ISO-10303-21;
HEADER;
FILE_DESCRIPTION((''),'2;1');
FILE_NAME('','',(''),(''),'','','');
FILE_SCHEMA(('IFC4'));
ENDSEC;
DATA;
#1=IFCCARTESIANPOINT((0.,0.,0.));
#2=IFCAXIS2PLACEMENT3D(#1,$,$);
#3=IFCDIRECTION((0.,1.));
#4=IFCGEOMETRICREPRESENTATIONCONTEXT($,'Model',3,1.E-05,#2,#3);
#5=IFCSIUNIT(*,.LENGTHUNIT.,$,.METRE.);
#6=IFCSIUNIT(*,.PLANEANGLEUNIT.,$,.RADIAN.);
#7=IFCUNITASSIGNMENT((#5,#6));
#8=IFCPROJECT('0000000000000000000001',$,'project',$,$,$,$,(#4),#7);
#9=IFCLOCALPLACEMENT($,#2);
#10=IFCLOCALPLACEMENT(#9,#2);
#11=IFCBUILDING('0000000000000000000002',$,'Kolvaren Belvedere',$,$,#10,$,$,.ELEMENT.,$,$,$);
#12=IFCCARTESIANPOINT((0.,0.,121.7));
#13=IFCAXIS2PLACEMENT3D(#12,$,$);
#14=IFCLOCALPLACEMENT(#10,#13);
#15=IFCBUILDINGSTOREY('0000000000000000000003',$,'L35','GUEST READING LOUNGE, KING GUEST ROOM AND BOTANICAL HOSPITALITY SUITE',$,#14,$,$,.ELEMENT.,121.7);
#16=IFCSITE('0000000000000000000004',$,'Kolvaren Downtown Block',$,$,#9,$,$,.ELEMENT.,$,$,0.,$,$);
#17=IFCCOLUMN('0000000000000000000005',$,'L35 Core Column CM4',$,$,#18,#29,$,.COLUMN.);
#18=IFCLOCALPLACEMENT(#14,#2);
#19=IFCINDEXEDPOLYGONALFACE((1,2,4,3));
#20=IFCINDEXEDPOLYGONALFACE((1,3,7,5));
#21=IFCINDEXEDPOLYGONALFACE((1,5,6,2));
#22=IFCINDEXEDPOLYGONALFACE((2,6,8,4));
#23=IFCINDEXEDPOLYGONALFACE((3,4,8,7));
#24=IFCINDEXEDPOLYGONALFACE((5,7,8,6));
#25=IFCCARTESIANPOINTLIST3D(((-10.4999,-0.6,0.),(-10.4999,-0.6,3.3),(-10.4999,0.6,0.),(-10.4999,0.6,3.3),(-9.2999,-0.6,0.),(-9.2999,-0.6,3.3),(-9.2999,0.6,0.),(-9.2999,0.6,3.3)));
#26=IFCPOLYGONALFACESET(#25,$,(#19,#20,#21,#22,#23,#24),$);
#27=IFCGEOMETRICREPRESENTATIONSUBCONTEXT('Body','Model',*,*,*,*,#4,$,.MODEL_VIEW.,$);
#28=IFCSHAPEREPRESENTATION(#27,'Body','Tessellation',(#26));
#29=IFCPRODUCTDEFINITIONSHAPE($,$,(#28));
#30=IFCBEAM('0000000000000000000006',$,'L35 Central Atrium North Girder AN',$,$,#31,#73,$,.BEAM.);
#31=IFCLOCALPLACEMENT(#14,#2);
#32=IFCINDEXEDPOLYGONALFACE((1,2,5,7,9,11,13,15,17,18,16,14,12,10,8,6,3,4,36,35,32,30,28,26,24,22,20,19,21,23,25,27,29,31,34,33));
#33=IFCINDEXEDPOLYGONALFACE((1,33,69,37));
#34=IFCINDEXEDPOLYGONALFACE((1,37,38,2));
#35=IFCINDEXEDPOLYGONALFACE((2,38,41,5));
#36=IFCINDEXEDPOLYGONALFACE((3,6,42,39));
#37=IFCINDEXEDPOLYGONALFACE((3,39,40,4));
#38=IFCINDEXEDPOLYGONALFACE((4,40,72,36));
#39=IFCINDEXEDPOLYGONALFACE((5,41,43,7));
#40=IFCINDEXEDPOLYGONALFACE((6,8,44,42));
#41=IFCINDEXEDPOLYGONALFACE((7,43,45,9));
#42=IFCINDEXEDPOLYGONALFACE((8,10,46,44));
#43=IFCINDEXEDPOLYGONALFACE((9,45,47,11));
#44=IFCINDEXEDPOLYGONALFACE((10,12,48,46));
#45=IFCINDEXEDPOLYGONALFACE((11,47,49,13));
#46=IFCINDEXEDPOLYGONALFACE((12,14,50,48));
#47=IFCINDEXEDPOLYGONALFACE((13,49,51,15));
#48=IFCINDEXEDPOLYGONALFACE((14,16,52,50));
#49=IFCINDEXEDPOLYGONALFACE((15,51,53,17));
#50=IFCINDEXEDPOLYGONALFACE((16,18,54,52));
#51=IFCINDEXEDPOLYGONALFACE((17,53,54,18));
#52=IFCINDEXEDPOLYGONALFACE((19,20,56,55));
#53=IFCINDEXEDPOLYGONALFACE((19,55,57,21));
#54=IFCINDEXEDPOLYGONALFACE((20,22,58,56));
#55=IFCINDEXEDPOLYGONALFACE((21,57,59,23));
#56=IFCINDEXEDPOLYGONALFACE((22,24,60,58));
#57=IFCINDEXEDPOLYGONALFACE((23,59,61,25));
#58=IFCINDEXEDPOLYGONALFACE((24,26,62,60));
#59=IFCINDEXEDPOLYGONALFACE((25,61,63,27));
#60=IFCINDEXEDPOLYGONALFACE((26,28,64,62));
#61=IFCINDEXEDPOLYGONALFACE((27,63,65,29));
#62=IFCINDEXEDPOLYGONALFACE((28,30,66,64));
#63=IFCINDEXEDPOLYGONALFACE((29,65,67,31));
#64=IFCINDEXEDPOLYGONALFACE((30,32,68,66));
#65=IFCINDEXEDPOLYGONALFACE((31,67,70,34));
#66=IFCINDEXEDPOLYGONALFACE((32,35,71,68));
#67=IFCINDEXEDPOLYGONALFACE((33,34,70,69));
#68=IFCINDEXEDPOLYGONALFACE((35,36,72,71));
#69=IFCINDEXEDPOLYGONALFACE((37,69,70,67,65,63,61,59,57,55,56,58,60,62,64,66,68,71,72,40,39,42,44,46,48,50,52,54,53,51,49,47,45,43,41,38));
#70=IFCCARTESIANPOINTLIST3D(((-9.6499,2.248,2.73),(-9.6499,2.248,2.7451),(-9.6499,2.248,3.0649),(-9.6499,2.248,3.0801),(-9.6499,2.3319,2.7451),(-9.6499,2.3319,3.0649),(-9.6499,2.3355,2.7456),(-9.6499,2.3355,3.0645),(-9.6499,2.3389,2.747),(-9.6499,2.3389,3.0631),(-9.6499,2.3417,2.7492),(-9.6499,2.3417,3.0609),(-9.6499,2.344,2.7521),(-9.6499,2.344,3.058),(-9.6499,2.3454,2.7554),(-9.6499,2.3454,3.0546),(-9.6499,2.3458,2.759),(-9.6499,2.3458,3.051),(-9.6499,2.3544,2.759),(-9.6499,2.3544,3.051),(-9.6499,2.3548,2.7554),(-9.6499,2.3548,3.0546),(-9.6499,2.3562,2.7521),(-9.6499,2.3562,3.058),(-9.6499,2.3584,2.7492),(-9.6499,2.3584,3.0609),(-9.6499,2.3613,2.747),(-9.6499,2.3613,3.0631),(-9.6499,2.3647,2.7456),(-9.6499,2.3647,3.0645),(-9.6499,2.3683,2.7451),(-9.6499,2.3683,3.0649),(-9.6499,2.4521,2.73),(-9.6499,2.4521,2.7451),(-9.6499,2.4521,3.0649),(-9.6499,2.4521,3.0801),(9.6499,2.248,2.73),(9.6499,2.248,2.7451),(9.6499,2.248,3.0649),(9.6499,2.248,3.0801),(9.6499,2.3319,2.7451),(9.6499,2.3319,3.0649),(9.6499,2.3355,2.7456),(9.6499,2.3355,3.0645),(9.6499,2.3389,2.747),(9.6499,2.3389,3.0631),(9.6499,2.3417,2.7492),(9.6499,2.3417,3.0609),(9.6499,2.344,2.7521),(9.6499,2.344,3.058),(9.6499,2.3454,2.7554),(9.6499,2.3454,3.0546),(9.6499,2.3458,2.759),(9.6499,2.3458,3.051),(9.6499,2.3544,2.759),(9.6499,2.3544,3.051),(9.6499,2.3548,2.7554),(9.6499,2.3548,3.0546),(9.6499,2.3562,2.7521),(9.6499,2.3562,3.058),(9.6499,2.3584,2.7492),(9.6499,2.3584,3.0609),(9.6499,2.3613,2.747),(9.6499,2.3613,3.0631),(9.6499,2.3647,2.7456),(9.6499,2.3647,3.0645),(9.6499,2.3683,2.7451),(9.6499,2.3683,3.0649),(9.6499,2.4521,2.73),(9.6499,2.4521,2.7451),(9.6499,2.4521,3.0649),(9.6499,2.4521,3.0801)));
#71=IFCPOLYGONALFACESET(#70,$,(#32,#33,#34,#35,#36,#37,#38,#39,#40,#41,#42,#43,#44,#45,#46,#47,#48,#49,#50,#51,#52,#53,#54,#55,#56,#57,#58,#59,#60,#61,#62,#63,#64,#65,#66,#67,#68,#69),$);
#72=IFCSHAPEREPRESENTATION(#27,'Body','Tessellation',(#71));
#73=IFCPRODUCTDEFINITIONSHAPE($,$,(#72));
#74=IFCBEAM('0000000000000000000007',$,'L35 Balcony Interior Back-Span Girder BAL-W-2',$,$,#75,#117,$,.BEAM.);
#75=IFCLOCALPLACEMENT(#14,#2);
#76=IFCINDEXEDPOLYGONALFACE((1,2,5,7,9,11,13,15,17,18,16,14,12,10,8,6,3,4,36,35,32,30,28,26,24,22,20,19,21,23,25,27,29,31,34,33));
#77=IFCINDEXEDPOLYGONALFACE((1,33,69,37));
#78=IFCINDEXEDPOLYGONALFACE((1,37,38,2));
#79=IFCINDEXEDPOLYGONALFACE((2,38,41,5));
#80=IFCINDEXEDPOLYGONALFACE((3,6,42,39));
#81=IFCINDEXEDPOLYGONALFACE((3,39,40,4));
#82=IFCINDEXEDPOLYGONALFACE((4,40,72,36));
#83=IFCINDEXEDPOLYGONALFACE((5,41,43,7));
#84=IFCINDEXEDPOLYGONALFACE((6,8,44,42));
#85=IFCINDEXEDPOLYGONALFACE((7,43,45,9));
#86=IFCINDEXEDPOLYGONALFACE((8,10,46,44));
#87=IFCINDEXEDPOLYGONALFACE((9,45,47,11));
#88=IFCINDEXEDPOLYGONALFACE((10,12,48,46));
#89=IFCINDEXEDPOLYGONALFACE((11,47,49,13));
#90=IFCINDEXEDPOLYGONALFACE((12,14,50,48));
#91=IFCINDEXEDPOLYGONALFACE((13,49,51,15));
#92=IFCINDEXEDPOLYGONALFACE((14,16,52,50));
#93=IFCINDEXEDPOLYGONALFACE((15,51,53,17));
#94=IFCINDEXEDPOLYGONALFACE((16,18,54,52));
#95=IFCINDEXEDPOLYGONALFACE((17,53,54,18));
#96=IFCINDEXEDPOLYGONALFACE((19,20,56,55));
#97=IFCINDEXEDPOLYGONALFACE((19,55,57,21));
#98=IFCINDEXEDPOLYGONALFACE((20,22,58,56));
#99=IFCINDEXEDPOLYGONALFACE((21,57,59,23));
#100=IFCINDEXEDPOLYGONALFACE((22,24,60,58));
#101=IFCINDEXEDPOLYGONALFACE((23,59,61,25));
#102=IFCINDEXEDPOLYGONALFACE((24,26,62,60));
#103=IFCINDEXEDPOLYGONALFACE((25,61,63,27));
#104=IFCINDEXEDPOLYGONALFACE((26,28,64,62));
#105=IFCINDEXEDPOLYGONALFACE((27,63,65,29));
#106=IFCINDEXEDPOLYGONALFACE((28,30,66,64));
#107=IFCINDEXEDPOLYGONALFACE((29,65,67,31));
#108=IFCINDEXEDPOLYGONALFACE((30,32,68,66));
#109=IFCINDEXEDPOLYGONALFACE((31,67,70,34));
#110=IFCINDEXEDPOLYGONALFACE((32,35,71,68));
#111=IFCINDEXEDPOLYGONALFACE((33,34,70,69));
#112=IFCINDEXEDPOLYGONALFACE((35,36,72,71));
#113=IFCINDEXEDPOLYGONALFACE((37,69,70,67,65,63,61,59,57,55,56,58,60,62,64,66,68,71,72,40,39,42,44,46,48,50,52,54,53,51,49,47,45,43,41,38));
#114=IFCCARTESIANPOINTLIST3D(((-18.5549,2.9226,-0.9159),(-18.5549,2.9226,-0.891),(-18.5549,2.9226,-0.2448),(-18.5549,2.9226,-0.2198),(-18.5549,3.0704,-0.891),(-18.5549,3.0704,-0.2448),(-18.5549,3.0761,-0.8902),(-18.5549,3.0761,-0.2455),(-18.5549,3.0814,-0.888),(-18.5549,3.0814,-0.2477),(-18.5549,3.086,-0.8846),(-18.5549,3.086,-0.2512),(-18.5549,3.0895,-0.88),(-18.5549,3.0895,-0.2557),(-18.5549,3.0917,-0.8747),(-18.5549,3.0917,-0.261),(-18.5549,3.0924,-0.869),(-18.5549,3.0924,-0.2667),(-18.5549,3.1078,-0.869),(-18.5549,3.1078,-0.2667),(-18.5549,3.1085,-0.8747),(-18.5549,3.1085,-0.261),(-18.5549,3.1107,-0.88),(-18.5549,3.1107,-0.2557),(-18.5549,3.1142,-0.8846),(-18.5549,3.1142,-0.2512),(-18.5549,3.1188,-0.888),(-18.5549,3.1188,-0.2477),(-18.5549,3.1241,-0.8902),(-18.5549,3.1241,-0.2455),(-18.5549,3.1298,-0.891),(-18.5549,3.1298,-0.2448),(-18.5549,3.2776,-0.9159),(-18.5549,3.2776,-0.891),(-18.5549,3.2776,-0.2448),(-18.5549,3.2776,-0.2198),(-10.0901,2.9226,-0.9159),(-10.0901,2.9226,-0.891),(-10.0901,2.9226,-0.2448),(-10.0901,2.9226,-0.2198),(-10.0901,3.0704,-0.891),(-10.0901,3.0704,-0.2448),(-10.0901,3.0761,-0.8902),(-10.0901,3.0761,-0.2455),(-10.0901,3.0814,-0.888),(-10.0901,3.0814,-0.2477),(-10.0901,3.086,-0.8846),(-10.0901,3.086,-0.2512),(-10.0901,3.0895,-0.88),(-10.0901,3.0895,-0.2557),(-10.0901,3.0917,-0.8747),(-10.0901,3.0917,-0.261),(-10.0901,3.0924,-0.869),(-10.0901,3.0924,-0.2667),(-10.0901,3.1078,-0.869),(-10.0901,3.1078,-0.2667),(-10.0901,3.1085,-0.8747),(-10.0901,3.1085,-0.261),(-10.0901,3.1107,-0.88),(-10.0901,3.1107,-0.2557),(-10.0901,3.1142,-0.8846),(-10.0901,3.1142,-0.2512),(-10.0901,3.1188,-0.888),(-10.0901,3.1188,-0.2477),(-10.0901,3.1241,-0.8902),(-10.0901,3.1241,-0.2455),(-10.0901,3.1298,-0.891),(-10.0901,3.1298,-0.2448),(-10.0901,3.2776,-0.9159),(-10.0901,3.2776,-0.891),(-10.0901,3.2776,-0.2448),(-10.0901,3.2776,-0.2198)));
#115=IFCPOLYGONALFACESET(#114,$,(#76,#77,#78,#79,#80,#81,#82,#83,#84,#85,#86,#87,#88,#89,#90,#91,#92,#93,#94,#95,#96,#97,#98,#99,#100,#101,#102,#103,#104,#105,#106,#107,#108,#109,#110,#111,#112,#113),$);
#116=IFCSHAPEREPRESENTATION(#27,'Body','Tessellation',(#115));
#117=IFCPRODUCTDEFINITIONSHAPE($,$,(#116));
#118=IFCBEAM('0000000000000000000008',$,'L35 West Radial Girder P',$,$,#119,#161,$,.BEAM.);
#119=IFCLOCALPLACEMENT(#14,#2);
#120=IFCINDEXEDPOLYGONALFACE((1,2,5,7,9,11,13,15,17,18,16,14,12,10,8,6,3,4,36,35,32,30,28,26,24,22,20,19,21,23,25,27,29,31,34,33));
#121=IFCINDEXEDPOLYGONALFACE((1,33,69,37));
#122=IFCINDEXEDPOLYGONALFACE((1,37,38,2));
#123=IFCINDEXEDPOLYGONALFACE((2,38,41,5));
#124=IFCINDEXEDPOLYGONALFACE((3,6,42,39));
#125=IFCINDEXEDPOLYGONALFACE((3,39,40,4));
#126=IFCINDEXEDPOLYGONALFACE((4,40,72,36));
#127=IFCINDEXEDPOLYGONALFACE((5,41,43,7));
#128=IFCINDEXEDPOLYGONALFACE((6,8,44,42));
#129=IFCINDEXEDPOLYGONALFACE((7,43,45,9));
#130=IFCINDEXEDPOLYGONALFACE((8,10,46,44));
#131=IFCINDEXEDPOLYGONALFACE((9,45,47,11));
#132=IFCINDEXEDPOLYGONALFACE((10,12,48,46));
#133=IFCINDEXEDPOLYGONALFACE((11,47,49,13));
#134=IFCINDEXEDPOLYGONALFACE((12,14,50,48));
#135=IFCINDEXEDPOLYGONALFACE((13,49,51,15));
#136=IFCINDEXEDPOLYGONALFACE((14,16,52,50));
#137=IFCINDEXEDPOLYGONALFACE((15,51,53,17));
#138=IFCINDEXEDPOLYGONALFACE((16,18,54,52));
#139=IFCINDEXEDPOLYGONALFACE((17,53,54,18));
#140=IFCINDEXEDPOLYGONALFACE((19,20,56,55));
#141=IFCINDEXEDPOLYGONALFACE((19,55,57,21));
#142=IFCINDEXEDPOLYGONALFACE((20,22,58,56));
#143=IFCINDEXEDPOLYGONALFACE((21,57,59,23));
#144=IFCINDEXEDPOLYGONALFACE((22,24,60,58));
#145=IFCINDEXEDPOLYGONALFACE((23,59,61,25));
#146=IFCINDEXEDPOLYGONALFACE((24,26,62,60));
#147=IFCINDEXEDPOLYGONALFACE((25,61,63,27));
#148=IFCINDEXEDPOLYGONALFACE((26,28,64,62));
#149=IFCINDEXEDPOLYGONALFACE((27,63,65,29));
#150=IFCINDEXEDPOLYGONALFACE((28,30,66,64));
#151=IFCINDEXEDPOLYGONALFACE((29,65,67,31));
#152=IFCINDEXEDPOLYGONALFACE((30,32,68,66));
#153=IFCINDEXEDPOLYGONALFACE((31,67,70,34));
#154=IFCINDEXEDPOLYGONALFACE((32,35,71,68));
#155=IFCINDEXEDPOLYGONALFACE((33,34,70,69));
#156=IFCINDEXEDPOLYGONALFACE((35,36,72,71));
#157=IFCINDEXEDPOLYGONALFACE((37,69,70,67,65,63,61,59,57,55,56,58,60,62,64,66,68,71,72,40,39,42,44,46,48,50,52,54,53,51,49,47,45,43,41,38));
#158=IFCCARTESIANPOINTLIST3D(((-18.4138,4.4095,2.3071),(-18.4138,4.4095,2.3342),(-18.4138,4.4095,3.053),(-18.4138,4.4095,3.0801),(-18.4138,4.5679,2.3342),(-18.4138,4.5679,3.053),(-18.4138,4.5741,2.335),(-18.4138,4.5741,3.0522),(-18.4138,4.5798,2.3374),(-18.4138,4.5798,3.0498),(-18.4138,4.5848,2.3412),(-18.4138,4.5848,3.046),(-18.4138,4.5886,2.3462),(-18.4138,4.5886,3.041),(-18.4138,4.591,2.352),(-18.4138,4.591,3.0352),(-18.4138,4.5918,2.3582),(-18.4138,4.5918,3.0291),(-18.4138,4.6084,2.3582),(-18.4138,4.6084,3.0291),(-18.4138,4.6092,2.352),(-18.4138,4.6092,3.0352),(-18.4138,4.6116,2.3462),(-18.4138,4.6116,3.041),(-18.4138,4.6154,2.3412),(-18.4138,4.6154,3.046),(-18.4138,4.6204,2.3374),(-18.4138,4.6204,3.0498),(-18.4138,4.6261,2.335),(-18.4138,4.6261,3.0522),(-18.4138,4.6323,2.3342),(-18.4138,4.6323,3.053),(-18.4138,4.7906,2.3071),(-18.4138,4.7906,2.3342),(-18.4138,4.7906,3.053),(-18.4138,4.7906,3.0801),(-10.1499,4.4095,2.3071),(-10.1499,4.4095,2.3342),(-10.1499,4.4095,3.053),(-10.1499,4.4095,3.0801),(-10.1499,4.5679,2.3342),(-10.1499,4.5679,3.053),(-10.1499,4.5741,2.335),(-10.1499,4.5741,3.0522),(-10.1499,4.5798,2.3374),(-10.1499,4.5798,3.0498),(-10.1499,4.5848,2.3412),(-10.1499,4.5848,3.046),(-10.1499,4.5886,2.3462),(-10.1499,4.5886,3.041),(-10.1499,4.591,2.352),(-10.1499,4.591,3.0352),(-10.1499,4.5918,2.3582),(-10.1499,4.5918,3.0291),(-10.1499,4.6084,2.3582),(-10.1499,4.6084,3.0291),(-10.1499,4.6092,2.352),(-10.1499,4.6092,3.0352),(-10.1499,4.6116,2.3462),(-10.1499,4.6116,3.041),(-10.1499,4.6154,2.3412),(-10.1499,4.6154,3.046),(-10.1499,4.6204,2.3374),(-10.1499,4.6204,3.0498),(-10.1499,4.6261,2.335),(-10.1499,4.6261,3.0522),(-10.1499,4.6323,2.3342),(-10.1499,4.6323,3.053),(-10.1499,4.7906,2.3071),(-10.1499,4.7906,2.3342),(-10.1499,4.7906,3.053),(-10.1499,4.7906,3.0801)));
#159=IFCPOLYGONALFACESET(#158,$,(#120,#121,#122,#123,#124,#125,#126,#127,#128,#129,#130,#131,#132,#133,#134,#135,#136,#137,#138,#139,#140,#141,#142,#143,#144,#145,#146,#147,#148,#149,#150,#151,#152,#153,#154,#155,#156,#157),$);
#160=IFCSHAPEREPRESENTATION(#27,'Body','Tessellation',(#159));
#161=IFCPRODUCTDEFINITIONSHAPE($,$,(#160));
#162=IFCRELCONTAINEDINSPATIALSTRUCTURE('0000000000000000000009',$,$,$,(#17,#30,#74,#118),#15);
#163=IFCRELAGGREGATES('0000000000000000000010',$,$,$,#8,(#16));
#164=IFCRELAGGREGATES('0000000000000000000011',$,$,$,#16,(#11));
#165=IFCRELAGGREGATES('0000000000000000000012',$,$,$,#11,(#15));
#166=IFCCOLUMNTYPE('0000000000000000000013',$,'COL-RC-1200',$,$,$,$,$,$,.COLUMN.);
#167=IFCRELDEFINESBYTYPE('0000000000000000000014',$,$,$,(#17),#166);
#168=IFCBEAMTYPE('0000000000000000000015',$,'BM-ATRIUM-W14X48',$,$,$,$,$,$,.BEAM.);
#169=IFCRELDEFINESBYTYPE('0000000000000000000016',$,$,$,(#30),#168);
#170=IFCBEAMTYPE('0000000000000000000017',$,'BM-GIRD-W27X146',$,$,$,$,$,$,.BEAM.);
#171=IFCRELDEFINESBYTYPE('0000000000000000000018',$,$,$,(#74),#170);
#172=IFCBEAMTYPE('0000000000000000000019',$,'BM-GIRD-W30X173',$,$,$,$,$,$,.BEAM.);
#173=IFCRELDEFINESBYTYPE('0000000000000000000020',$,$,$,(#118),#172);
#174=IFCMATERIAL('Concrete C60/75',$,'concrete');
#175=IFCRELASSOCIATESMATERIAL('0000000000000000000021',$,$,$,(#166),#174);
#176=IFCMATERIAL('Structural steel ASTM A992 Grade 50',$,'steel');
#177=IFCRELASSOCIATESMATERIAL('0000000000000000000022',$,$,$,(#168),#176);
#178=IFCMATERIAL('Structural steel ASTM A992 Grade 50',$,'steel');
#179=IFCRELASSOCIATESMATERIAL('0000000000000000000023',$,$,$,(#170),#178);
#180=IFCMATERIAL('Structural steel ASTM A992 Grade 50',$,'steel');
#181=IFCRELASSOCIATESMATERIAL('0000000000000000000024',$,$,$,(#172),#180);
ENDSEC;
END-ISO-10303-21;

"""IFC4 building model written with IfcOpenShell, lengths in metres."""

from ifc_helpers import new_model, si_unit, direction, frame, origin, origin_2d, place, context, subcontext, project, spatial, rectangle, i_section, extrude, material, material_profile, profile_set, type_object, element, save


model = new_model("IFC4")

# Units and contexts
model_context = context("Model", 3, precision=1e-05, world=origin(), true_north=direction((0.0, 1.0)))
body_context = subcontext(model_context, "Body", "Model", "MODEL_VIEW")
ifc_project = project(units=[si_unit("LENGTHUNIT", "METRE"), si_unit("PLANEANGLEUNIT", "RADIAN")], contexts=[model_context])

# Site, building, storey
site_placement = place(None, origin())
site = spatial("IfcSite", under=ifc_project, at=site_placement, Name="Kolvaren Downtown Block", CompositionType="ELEMENT", RefElevation=0.0)
building_placement = place(site_placement, origin())
building = spatial("IfcBuilding", under=site, at=building_placement, Name="Kolvaren Belvedere", CompositionType="ELEMENT")
storey_placement = place(building_placement, frame((0.0, 0.0, 121.7)))
storey = spatial("IfcBuildingStorey", under=building, at=storey_placement, Name="L35", Description="GUEST READING LOUNGE, KING GUEST ROOM AND BOTANICAL HOSPITALITY SUITE", CompositionType="ELEMENT", Elevation=121.7)

# Column
ifc_material_1 = material(Name="Concrete C60/75", Category="concrete")
ifc_material_profile_1 = material_profile(ifc_material_1, rectangle(XDim=1.2, YDim=1.2, at=origin_2d()), Name="RC 1200X1200")
ifc_profile_set_1 = profile_set([ifc_material_profile_1], Name="Concrete C60/75")
column_type = type_object("IfcColumnType", Name="COL-RC-1200", PredefinedType="COLUMN", material=ifc_profile_set_1)
column_placement = place(storey_placement, frame((-9.8999, 0.0, 0.0), z_axis=(0.0, 0.0, 1.0), x_axis=(1.0, 0.0, 0.0)))
element("IfcColumn", 1, at=column_placement, inside=storey, type_object=column_type, Name="L35 Core Column CM4", PredefinedType="COLUMN", context=body_context, shape_type="SweptSolid", body=[
    extrude(rectangle(XDim=1.2, YDim=1.2, at=origin_2d()), origin(), (0.0, 0.0, 1.0), 3.3),
])

# Beams
ifc_material_2 = material(Name="Structural steel ASTM A992 Grade 50", Category="steel")
ifc_material_profile_2 = material_profile(ifc_material_2, i_section(OverallWidth=0.2041, OverallDepth=0.3501, WebThickness=0.0085, FlangeThickness=0.0151, FilletRadius=0.0139, at=origin_2d()), Name="W14X48")
ifc_profile_set_2 = profile_set([ifc_material_profile_2], Name="Structural steel ASTM A992 Grade 50")
beam_type_1 = type_object("IfcBeamType", Name="BM-ATRIUM-W14X48", PredefinedType="BEAM", material=ifc_profile_set_2)
beam_1_placement = place(storey_placement, frame((-9.6499, 2.3501, 2.905), z_axis=(1.0, 0.0, 0.0), x_axis=(0.0, 1.0, 0.0)))
element("IfcBeam", 2, at=beam_1_placement, inside=storey, type_object=beam_type_1, Name="L35 Central Atrium North Girder AN", PredefinedType="BEAM", context=body_context, shape_type="SweptSolid", body=[
    extrude(i_section(OverallWidth=0.2041, OverallDepth=0.3501, WebThickness=0.0085, FlangeThickness=0.0151, FilletRadius=0.0139, at=origin_2d()), origin(), (0.0, 0.0, 1.0), 19.2998),
])
ifc_material_3 = material(Name="Structural steel ASTM A992 Grade 50", Category="steel")
ifc_material_profile_3 = material_profile(ifc_material_3, i_section(OverallWidth=0.355, OverallDepth=0.696, WebThickness=0.0154, FlangeThickness=0.0249, FilletRadius=0.022, at=origin_2d()), Name="W27X146")
ifc_profile_set_3 = profile_set([ifc_material_profile_3], Name="Structural steel ASTM A992 Grade 50")
beam_type_2 = type_object("IfcBeamType", Name="BM-GIRD-W27X146", PredefinedType="BEAM", material=ifc_profile_set_3)
beam_2_placement = place(storey_placement, frame((-10.0901, 3.1001, -0.5679), z_axis=(-1.0, 0.0, 0.0), x_axis=(0.0, -1.0, 0.0)))
element("IfcBeam", 3, at=beam_2_placement, inside=storey, type_object=beam_type_2, Name="L35 Balcony Interior Back-Span Girder BAL-W-2", PredefinedType="BEAM", context=body_context, shape_type="SweptSolid", body=[
    extrude(i_section(OverallWidth=0.355, OverallDepth=0.696, WebThickness=0.0154, FlangeThickness=0.0249, FilletRadius=0.022, at=origin_2d()), origin(), (0.0, 0.0, 1.0), 8.4648),
])
ifc_material_4 = material(Name="Structural steel ASTM A992 Grade 50", Category="steel")
ifc_material_profile_4 = material_profile(ifc_material_4, i_section(OverallWidth=0.3811, OverallDepth=0.7729, WebThickness=0.0166, FlangeThickness=0.0271, FilletRadius=0.0239, at=origin_2d()), Name="W30X173")
ifc_profile_set_4 = profile_set([ifc_material_profile_4], Name="Structural steel ASTM A992 Grade 50")
beam_type_3 = type_object("IfcBeamType", Name="BM-GIRD-W30X173", PredefinedType="BEAM", material=ifc_profile_set_4)
beam_3_placement = place(storey_placement, frame((-10.1499, 4.6001, 2.6936), z_axis=(-1.0, 0.0, 0.0), x_axis=(0.0, -1.0, 0.0)))
element("IfcBeam", 4, at=beam_3_placement, inside=storey, type_object=beam_type_3, Name="L35 West Radial Girder P", PredefinedType="BEAM", context=body_context, shape_type="SweptSolid", body=[
    extrude(i_section(OverallWidth=0.3811, OverallDepth=0.7729, WebThickness=0.0166, FlangeThickness=0.0271, FilletRadius=0.0239, at=origin_2d()), origin(), (0.0, 0.0, 1.0), 8.2639),
])

save(model, "model.ifc")
